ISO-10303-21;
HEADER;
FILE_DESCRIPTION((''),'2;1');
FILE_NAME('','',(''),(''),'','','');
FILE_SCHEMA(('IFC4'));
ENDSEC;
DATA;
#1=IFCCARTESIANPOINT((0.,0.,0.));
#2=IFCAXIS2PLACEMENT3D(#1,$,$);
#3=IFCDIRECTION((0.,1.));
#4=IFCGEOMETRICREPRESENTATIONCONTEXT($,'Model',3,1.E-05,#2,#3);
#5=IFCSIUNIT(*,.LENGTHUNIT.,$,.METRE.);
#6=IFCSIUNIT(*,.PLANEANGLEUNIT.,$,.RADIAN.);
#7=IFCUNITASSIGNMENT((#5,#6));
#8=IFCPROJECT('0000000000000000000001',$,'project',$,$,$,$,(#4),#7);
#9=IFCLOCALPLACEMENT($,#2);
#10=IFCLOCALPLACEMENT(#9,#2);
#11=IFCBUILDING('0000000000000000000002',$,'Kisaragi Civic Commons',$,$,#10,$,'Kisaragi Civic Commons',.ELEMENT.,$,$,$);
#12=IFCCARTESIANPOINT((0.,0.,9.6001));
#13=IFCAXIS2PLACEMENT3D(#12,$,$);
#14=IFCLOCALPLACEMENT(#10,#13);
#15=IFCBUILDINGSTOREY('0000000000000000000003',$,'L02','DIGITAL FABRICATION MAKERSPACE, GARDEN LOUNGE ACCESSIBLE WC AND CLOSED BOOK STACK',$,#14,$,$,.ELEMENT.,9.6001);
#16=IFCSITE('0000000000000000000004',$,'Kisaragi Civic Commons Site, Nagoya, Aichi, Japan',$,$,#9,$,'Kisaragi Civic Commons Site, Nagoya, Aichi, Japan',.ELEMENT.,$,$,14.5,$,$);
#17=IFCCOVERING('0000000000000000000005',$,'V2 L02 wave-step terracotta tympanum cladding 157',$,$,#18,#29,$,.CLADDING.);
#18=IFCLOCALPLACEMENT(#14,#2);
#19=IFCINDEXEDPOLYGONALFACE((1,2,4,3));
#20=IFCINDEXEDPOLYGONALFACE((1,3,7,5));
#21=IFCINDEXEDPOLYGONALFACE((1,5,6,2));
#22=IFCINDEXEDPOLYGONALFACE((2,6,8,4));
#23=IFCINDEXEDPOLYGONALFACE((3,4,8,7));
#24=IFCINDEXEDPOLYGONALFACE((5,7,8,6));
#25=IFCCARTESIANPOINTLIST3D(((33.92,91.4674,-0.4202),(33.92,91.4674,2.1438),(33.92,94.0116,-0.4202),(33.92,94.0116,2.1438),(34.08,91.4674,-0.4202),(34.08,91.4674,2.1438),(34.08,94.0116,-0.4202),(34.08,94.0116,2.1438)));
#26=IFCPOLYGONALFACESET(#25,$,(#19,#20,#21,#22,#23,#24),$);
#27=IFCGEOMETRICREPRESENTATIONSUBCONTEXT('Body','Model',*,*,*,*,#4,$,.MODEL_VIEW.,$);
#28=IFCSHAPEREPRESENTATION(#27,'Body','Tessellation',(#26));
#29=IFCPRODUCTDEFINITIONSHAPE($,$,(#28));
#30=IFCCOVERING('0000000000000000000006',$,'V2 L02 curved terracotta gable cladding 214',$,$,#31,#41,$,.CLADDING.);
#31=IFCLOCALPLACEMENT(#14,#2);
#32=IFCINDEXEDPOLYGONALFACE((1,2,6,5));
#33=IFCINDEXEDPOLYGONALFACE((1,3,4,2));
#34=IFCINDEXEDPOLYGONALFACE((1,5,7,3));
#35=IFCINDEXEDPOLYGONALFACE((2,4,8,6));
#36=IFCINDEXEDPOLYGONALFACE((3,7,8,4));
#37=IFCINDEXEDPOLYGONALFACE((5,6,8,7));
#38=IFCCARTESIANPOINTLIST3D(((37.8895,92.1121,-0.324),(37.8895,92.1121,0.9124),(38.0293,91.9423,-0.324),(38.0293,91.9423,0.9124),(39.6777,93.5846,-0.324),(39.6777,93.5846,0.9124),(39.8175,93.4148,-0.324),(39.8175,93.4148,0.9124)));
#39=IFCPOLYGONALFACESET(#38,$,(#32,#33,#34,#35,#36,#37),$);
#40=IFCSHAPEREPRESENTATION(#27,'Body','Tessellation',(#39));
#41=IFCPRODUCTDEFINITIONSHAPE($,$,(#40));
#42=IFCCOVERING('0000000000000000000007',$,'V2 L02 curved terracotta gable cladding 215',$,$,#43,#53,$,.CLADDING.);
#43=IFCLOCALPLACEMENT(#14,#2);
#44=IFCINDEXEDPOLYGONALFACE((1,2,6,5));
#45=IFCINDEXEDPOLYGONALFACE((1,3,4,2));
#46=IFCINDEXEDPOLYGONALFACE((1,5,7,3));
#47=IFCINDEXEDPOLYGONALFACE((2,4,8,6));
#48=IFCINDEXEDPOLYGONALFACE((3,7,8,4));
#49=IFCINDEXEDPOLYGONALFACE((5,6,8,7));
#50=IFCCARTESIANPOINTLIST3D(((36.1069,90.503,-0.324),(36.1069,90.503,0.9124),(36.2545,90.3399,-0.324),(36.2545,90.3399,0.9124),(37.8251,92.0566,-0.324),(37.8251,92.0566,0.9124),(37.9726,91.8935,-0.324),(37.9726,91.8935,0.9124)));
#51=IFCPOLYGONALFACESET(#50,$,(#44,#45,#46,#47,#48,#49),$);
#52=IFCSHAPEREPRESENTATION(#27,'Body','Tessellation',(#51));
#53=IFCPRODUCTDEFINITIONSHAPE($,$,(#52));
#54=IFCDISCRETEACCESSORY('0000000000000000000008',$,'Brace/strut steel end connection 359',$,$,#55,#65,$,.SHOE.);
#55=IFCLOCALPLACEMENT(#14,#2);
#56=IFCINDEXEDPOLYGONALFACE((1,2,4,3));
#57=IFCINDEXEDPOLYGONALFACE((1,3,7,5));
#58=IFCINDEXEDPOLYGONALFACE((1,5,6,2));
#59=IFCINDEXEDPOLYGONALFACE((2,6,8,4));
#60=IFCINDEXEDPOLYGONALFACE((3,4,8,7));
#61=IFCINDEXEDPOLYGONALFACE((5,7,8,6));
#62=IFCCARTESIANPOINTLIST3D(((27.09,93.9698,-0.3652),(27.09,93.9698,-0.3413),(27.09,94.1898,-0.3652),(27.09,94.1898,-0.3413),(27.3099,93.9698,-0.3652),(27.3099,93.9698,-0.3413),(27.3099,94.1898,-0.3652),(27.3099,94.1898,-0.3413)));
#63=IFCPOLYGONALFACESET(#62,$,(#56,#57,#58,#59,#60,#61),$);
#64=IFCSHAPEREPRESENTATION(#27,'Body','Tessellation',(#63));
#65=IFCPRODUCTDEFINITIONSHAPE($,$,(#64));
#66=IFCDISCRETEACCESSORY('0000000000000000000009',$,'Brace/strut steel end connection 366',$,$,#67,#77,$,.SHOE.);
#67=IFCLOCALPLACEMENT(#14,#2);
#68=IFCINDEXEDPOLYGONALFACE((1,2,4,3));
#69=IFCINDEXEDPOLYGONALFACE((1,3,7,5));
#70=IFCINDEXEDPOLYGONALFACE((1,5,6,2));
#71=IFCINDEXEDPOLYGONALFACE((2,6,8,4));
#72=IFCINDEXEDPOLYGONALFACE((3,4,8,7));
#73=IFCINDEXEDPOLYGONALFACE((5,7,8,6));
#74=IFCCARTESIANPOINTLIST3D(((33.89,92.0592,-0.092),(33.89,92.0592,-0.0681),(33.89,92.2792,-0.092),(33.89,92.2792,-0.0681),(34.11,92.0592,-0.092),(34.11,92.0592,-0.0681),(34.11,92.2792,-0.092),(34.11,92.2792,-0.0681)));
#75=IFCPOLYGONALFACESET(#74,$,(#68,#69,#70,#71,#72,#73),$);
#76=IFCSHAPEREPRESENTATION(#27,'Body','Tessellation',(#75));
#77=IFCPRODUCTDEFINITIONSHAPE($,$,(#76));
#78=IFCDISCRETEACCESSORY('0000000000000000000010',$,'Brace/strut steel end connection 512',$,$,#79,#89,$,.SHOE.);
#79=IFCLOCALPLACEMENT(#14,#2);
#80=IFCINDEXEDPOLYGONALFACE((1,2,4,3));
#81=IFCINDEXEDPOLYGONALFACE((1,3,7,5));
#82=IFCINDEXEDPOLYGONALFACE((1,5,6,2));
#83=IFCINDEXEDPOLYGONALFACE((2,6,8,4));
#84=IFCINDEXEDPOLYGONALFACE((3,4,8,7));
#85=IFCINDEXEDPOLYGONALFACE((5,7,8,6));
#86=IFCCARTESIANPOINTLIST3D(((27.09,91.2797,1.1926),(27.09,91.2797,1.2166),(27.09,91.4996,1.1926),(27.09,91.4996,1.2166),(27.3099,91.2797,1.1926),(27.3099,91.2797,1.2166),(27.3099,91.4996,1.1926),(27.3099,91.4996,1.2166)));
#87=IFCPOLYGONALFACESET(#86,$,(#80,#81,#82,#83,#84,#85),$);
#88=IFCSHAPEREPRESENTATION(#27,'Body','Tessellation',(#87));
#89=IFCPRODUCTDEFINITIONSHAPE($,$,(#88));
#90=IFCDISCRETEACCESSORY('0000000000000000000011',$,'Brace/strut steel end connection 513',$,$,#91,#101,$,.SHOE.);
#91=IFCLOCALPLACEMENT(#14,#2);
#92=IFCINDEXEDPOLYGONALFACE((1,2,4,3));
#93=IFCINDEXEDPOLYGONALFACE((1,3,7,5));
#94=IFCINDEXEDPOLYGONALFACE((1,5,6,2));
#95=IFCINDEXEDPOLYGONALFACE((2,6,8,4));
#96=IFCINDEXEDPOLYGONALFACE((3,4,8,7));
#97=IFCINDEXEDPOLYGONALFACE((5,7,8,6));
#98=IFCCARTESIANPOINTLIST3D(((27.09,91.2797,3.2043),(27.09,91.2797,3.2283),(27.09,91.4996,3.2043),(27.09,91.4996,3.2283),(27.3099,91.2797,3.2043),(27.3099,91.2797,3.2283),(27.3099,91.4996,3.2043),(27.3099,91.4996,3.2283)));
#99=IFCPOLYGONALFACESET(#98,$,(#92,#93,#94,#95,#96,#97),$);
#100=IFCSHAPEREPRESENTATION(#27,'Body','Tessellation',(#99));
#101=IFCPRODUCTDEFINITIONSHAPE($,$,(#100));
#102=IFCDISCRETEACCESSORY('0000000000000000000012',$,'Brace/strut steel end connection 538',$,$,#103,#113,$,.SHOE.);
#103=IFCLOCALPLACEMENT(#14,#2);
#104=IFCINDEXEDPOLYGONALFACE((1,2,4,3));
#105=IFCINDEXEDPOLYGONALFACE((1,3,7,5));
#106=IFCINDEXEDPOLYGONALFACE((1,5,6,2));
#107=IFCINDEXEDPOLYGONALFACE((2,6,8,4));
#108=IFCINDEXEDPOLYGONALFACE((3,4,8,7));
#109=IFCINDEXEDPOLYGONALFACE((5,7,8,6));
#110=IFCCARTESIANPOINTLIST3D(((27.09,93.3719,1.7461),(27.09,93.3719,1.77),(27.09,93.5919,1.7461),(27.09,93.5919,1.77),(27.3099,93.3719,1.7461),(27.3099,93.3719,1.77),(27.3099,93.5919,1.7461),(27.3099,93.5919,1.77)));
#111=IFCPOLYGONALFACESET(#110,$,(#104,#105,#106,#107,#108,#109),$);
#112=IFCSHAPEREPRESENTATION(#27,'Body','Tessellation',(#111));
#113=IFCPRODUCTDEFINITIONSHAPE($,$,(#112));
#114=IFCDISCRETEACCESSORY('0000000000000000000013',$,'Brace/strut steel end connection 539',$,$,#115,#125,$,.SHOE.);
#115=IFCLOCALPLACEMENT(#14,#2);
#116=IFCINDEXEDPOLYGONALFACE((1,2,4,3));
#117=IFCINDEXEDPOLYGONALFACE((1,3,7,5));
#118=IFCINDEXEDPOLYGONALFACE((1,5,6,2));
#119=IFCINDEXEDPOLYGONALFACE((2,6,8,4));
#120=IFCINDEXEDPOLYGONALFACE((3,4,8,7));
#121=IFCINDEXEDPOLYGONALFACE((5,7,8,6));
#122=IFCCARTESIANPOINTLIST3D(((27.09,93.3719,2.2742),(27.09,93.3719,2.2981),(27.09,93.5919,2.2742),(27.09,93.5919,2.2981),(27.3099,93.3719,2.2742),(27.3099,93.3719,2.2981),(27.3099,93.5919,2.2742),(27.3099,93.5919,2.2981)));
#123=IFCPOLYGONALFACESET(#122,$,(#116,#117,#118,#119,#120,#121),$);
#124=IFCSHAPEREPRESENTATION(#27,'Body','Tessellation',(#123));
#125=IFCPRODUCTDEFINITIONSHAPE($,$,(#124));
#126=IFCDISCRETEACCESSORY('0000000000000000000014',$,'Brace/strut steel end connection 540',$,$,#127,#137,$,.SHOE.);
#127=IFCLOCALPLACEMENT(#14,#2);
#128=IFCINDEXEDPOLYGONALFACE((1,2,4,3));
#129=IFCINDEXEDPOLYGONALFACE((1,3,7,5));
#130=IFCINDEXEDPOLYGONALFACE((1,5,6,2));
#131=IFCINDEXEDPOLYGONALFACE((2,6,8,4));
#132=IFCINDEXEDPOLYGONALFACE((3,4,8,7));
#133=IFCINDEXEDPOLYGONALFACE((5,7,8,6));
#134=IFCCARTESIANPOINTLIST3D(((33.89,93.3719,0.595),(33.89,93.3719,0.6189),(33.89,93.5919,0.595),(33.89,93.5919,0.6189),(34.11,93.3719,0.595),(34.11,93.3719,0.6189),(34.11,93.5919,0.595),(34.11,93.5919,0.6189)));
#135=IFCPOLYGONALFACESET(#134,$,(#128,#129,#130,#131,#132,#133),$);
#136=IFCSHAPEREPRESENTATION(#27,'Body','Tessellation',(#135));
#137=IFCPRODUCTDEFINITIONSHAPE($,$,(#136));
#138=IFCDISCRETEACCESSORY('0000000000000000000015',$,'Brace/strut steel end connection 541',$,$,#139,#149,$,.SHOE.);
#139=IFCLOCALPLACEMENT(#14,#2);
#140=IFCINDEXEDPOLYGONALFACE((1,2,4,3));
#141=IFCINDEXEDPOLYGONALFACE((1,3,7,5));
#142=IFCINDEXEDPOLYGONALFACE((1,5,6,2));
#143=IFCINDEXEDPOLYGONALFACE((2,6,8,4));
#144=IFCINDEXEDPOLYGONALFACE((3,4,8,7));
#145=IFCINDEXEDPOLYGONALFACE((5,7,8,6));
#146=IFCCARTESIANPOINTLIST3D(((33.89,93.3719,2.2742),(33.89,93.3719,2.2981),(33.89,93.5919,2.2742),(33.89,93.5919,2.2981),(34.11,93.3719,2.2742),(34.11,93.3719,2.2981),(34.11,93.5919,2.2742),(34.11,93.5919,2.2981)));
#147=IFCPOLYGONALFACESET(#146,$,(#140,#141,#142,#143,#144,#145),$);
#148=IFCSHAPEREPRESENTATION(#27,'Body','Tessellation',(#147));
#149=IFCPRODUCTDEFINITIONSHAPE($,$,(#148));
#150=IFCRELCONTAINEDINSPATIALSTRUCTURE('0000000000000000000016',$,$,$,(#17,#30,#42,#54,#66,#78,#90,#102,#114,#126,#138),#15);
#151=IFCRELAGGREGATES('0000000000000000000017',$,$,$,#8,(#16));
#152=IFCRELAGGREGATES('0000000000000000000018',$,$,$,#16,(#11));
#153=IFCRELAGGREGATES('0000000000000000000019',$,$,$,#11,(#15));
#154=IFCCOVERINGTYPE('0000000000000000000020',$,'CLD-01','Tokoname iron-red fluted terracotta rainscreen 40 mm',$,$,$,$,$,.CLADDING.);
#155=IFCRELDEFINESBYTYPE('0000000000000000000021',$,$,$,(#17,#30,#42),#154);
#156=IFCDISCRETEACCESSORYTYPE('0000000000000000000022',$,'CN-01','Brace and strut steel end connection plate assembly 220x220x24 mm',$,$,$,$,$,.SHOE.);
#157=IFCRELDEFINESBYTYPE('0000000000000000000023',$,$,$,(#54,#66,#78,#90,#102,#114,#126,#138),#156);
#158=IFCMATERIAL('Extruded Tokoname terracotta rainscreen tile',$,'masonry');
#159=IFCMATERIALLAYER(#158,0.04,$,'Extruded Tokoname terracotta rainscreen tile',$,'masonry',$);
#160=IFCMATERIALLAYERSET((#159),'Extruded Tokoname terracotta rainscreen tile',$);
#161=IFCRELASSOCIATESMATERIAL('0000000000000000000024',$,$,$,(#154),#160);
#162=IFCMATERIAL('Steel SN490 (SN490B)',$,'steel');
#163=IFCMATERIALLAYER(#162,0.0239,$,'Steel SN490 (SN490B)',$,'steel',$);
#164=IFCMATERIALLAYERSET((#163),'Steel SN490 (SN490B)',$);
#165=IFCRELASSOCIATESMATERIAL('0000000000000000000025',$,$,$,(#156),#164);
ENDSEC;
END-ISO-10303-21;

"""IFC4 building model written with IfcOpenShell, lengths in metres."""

from ifc_helpers import new_model, si_unit, direction, frame, origin, origin_2d, place, context, subcontext, project, spatial, rectangle, extrude, material, layer, layer_set, type_object, element, save


model = new_model("IFC4")

# Units and contexts
model_context = context("Model", 3, precision=1e-05, world=origin(), true_north=direction((0.0, 1.0)))
body_context = subcontext(model_context, "Body", "Model", "MODEL_VIEW")
ifc_project = project(units=[si_unit("LENGTHUNIT", "METRE"), si_unit("PLANEANGLEUNIT", "RADIAN")], contexts=[model_context])

# Site, building, storey
site_placement = place(None, origin())
site = spatial("IfcSite", under=ifc_project, at=site_placement, Name="Kisaragi Civic Commons Site, Nagoya, Aichi, Japan", LongName="Kisaragi Civic Commons Site, Nagoya, Aichi, Japan", CompositionType="ELEMENT", RefElevation=14.5)
building_placement = place(site_placement, origin())
building = spatial("IfcBuilding", under=site, at=building_placement, Name="Kisaragi Civic Commons", LongName="Kisaragi Civic Commons", CompositionType="ELEMENT")
storey_placement = place(building_placement, frame((0.0, 0.0, 9.6001)))
storey = spatial("IfcBuildingStorey", under=building, at=storey_placement, Name="L02", Description="DIGITAL FABRICATION MAKERSPACE, GARDEN LOUNGE ACCESSIBLE WC AND CLOSED BOOK STACK", CompositionType="ELEMENT", Elevation=9.6001)

# Shared definitions
ifc_material_1 = material(Name="Steel SN490 (SN490B)", Category="steel")

# Coverings
ifc_material_2 = material(Name="Extruded Tokoname terracotta rainscreen tile", Category="masonry")
ifc_layer_1 = layer(ifc_material_2, 0.04, Name="Extruded Tokoname terracotta rainscreen tile", Category="masonry")
ifc_layer_set_1 = layer_set([ifc_layer_1], Name="Extruded Tokoname terracotta rainscreen tile")
covering_type = type_object("IfcCoveringType", Name="CLD-01", Description="Tokoname iron-red fluted terracotta rainscreen 40 mm", PredefinedType="CLADDING", material=ifc_layer_set_1)
covering_placement = place(storey_placement, frame((34.0, 92.7395, -0.4202), z_axis=(0.0, 0.0, 1.0), x_axis=(0.0, 1.0, 0.0)))
element("IfcCovering", 1, at=covering_placement, inside=storey, type_object=covering_type, Name="V2 L02 wave-step terracotta tympanum cladding 157", PredefinedType="CLADDING", context=body_context, shape_type="SweptSolid", body=[
    extrude(rectangle(XDim=2.5442, YDim=0.1599, at=origin_2d()), origin(), (0.0, 0.0, 1.0), 2.564),
])
for number, where, z_axis, x_axis, name in (
    (2, (38.8535, 92.7634, -0.324), (0.0, 0.0, 1.0), (-0.771958, -0.635674, 0.0), "V2 L02 curved terracotta gable cladding 214"),
    (3, (37.0398, 91.1982, -0.324), (0.0, 0.0, 1.0), (-0.741742, -0.670686, 0.0), "V2 L02 curved terracotta gable cladding 215"),
):
    element("IfcCovering", number, at=place(storey_placement, frame(where, z_axis=z_axis, x_axis=x_axis)), inside=storey, type_object=covering_type, Name=name, PredefinedType="CLADDING", context=body_context, shape_type="SweptSolid", body=[
        extrude(rectangle(XDim=2.3164, YDim=0.22, at=origin_2d()), origin(), (0.0, 0.0, 1.0), 1.2363),
    ])

# Discrete accessories
ifc_layer_2 = layer(ifc_material_1, 0.0239, Name="Steel SN490 (SN490B)", Category="steel")
ifc_layer_set_2 = layer_set([ifc_layer_2], Name="Steel SN490 (SN490B)")
discrete_accessory_type = type_object("IfcDiscreteAccessoryType", Name="CN-01", Description="Brace and strut steel end connection plate assembly 220x220x24 mm", PredefinedType="SHOE", material=ifc_layer_set_2)
for number, where, z_axis, x_axis, name in (
    (4, (27.2, 94.0798, -0.3652), (0.0, 0.0, 1.0), (1.0, 0.0, 0.0), "Brace/strut steel end connection 359"),
    (5, (34.0, 92.1692, -0.092), (0.0, 0.0, 1.0), (1.0, 0.0, 0.0), "Brace/strut steel end connection 366"),
    (6, (27.2, 91.3896, 1.1926), (0.0, 0.0, 1.0), (1.0, 0.0, 0.0), "Brace/strut steel end connection 512"),
    (7, (27.2, 91.3896, 3.2043), (0.0, 0.0, 1.0), (1.0, 0.0, 0.0), "Brace/strut steel end connection 513"),
    (8, (27.2, 93.4819, 1.7461), (0.0, 0.0, 1.0), (1.0, 0.0, 0.0), "Brace/strut steel end connection 538"),
    (9, (27.2, 93.4819, 2.2742), (0.0, 0.0, 1.0), (1.0, 0.0, 0.0), "Brace/strut steel end connection 539"),
    (10, (34.0, 93.4819, 0.595), (0.0, 0.0, 1.0), (1.0, 0.0, 0.0), "Brace/strut steel end connection 540"),
    (11, (34.0, 93.4819, 2.2742), (0.0, 0.0, 1.0), (1.0, 0.0, 0.0), "Brace/strut steel end connection 541"),
):
    element("IfcDiscreteAccessory", number, at=place(storey_placement, frame(where, z_axis=z_axis, x_axis=x_axis)), inside=storey, type_object=discrete_accessory_type, Name=name, PredefinedType="SHOE", context=body_context, shape_type="SweptSolid", body=[
        extrude(rectangle(XDim=0.22, YDim=0.22, at=origin_2d()), origin(), (0.0, 0.0, 1.0), 0.0239),
    ])

save(model, "model.ifc")
